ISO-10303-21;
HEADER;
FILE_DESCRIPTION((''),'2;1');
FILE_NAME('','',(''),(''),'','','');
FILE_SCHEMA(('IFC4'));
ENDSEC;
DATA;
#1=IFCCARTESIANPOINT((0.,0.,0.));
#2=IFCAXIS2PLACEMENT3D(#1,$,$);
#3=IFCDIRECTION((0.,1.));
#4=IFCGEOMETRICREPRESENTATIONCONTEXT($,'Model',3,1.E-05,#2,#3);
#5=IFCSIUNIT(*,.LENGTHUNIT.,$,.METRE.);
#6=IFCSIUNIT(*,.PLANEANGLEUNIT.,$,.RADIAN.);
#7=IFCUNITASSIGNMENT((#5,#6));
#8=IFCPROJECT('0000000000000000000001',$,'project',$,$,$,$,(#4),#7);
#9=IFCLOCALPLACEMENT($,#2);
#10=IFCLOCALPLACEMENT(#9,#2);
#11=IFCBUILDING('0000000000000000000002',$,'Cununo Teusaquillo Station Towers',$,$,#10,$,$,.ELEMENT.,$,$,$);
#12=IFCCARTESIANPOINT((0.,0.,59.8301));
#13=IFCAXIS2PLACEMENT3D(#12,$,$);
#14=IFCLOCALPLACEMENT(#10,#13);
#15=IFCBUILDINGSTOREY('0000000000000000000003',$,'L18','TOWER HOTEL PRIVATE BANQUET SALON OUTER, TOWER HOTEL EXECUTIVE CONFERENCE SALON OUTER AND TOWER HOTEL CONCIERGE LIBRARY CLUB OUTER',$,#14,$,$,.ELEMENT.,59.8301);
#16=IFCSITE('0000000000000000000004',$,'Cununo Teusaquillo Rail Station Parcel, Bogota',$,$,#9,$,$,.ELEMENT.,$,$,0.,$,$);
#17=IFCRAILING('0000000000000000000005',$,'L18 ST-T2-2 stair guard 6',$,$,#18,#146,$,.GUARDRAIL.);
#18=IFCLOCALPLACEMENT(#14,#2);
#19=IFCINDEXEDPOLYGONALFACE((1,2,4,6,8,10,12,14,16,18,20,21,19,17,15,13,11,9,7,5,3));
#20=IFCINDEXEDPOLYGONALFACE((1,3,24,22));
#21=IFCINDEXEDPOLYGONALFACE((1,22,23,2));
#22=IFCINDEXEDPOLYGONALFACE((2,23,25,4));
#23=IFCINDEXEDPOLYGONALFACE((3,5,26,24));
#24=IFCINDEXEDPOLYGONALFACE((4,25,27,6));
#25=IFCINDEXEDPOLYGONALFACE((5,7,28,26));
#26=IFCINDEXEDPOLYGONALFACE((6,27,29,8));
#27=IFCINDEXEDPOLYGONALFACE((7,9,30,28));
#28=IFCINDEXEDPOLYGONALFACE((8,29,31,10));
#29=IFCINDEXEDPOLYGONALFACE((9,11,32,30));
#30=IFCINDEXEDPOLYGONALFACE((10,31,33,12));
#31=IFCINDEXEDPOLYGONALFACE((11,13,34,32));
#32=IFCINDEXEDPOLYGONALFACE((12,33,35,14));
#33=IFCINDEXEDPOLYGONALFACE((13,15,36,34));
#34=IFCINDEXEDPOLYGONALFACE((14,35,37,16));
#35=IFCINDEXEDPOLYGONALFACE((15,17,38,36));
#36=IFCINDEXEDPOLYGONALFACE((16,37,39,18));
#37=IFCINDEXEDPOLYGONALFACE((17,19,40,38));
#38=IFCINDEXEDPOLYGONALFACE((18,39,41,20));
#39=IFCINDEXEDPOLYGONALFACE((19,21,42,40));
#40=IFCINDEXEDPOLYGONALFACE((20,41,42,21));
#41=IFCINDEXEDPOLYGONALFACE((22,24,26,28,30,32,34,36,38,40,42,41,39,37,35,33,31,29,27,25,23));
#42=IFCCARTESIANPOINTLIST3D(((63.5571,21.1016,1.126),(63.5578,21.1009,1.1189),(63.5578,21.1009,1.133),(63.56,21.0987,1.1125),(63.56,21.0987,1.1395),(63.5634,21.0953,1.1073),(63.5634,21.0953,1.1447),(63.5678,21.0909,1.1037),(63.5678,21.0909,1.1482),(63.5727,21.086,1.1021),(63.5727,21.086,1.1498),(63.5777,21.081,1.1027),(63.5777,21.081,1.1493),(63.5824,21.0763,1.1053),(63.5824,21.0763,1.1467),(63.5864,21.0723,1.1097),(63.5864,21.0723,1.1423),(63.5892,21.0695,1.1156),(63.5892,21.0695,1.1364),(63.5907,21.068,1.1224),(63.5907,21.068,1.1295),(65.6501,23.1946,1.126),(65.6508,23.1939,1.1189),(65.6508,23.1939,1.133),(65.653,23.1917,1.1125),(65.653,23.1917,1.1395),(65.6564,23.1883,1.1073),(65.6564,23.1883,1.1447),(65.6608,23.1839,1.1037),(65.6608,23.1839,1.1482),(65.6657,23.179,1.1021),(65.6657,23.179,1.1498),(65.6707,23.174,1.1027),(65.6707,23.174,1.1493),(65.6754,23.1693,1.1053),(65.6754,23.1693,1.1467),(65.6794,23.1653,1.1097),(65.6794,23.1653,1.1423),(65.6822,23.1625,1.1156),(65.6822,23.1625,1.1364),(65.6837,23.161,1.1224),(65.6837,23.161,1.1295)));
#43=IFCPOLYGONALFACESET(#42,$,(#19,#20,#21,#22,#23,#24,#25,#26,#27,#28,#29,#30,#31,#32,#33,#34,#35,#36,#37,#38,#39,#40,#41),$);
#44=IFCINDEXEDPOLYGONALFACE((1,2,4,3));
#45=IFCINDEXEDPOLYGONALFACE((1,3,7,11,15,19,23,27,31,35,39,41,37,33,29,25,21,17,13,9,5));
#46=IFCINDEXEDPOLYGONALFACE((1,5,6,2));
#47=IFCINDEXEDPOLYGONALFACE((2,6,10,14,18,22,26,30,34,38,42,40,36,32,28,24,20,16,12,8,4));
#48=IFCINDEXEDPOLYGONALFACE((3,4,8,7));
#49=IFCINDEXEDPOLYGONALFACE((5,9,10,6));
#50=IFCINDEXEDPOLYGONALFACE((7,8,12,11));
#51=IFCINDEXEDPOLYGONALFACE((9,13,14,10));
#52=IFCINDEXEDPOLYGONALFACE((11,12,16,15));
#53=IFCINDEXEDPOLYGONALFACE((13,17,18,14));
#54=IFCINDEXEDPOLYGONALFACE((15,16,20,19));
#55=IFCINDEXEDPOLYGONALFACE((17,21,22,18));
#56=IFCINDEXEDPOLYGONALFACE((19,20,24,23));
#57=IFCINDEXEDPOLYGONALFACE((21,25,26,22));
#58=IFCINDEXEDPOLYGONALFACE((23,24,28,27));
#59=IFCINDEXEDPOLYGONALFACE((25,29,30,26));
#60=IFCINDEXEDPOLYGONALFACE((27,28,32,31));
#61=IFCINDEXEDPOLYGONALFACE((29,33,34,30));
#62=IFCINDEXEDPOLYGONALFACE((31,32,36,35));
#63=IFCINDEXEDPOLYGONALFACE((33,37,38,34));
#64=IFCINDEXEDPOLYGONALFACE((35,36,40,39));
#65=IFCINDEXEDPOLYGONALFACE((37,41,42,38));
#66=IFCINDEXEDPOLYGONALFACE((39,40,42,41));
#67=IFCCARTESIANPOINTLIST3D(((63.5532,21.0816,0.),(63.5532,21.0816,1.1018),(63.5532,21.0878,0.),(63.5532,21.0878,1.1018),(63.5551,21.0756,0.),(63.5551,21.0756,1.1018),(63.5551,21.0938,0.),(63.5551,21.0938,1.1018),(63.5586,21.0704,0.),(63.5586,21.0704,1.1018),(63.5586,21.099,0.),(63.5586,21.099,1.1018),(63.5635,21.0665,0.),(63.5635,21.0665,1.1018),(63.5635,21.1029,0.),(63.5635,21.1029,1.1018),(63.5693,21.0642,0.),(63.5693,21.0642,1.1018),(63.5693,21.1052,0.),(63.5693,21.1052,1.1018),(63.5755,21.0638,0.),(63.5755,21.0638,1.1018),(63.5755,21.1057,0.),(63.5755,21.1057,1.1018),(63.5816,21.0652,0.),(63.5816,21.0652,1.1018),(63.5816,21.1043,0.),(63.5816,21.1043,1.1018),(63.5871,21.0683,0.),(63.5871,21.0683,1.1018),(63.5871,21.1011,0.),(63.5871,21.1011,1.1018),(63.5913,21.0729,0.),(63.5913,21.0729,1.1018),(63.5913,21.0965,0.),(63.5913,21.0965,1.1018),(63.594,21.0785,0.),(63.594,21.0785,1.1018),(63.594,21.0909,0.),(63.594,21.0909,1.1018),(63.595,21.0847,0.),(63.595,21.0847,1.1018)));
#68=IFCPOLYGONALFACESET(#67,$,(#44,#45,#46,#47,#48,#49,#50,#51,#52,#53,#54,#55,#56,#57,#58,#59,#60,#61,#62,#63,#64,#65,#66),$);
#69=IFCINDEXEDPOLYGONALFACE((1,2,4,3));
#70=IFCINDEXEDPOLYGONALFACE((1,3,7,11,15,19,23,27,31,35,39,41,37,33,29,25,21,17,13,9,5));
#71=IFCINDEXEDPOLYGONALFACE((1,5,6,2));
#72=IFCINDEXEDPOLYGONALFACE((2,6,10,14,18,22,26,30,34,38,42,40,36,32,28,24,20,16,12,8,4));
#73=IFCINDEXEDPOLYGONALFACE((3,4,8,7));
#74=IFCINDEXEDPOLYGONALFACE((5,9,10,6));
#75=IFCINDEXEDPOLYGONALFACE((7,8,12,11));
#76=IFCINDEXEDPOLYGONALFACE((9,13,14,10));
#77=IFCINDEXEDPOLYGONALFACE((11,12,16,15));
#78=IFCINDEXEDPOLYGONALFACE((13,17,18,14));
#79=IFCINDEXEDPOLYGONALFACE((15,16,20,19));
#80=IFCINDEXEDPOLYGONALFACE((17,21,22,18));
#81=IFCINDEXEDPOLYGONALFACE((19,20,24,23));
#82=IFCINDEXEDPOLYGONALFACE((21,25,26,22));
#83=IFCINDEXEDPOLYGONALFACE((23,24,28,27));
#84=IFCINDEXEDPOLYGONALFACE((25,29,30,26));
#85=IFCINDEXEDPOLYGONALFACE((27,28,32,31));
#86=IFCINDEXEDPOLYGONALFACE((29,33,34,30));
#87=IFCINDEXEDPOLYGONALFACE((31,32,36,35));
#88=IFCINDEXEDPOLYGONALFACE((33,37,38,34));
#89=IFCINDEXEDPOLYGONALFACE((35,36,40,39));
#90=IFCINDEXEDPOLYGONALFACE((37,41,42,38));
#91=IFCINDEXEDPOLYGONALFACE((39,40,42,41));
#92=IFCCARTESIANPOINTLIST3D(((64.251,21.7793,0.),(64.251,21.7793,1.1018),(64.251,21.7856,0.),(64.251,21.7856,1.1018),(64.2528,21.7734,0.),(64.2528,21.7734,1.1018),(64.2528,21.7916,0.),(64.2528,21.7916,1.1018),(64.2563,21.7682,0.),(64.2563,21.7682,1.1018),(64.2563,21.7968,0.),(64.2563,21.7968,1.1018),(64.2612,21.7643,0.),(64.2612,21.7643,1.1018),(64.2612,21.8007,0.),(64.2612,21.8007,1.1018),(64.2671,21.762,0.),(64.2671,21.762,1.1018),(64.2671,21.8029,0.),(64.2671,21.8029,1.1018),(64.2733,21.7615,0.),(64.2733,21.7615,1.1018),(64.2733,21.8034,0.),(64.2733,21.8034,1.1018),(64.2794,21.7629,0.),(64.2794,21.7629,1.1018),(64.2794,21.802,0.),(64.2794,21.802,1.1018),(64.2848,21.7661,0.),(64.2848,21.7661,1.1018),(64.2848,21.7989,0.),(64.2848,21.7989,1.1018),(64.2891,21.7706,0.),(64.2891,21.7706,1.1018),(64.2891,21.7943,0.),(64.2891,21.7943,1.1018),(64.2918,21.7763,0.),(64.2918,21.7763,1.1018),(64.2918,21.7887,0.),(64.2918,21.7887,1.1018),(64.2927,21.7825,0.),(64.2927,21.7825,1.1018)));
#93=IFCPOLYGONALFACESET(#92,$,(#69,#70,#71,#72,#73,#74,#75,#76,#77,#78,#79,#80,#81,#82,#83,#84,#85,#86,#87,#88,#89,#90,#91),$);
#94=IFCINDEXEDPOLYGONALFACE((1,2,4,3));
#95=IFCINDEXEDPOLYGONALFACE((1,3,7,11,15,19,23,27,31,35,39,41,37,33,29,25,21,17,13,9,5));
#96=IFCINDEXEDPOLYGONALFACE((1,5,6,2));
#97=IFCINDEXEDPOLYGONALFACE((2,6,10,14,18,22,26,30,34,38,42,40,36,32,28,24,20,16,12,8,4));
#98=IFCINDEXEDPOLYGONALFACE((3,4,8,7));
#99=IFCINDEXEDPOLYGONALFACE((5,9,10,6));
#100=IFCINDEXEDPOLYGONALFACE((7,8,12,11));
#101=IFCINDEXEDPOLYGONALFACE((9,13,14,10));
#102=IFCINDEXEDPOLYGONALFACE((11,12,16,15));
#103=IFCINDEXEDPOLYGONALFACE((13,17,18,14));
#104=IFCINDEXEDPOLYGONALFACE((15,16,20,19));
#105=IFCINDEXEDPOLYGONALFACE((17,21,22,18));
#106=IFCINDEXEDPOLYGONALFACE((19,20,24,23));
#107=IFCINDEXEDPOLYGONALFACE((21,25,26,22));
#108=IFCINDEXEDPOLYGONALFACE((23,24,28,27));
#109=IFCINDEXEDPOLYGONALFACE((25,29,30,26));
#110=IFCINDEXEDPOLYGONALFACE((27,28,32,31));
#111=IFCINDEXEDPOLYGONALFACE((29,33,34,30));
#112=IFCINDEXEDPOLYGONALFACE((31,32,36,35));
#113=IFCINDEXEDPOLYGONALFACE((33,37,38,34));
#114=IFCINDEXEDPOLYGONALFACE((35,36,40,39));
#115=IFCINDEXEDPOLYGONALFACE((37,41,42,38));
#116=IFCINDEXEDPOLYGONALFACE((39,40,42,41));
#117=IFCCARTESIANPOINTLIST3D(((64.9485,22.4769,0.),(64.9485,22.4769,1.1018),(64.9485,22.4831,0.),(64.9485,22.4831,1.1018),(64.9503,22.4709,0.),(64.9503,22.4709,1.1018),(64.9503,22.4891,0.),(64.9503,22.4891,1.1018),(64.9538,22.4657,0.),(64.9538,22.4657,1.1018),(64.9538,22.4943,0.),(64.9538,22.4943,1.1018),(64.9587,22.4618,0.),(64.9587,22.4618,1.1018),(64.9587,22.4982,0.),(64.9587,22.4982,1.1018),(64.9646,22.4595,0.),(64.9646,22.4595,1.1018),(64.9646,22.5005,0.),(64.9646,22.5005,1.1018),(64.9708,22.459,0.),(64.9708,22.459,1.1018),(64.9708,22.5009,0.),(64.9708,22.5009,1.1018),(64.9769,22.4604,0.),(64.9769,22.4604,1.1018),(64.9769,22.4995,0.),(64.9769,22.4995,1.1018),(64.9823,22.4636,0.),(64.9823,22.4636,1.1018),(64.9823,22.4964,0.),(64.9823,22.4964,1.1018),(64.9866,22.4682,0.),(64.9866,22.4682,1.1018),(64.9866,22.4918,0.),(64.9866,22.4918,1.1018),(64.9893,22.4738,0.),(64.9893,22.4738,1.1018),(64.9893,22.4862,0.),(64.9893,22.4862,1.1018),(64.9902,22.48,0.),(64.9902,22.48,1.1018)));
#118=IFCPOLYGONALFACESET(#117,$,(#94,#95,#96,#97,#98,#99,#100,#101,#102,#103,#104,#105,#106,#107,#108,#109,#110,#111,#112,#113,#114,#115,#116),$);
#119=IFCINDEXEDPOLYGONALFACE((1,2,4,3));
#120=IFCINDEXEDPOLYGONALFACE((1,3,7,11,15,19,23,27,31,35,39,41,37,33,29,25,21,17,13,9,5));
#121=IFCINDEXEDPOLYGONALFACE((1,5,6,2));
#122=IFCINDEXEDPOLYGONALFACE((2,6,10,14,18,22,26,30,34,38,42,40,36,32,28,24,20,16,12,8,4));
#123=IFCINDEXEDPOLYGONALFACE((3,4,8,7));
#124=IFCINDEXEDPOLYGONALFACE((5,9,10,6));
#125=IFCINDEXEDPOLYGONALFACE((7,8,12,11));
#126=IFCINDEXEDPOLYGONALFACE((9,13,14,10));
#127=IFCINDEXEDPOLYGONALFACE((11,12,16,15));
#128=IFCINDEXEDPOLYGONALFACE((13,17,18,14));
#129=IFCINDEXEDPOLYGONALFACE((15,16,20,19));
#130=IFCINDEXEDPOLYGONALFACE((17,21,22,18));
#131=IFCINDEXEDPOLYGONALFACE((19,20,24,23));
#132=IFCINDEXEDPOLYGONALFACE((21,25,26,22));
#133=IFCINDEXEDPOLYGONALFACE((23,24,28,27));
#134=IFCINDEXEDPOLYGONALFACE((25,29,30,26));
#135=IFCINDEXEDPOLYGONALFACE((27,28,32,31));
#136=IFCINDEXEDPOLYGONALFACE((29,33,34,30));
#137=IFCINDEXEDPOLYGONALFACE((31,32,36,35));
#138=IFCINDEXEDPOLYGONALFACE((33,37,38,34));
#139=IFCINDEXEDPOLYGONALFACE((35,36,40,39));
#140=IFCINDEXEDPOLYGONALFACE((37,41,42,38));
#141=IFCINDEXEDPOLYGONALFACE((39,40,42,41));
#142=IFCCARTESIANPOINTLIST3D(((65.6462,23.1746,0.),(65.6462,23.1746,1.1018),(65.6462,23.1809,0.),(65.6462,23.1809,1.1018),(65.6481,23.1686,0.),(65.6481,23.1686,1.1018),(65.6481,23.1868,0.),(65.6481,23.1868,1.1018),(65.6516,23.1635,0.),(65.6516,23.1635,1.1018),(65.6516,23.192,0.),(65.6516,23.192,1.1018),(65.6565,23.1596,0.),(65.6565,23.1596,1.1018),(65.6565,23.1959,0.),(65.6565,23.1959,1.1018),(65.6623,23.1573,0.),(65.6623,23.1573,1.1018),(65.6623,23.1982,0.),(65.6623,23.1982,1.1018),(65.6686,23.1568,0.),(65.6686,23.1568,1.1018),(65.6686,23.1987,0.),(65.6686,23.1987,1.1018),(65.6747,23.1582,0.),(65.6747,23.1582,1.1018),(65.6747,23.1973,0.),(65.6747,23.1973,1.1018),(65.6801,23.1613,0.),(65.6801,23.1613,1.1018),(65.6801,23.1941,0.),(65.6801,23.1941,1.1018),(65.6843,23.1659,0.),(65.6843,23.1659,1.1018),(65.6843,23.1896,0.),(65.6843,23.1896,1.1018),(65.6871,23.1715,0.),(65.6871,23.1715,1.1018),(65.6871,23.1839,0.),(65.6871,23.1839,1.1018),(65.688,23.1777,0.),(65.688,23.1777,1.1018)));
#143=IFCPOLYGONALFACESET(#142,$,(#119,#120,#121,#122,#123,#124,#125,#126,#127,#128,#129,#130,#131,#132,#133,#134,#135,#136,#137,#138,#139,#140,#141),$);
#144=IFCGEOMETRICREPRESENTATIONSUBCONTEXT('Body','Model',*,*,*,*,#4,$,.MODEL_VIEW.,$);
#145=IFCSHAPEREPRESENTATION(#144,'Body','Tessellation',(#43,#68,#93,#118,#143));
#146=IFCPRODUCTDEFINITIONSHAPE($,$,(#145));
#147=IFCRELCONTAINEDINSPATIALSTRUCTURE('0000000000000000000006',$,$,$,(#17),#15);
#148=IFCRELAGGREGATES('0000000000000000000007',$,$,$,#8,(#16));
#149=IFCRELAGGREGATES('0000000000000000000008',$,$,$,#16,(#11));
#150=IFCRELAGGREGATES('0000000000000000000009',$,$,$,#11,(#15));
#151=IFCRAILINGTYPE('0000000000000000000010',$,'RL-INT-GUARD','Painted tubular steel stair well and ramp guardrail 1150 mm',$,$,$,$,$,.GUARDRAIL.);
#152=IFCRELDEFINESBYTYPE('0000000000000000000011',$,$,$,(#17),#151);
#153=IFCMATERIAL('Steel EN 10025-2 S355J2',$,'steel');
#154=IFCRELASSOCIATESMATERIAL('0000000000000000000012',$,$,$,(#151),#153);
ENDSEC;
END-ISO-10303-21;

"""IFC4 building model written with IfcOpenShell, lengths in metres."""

from ifc_helpers import new_model, si_unit, direction, frame, origin, origin_2d, place, context, subcontext, project, spatial, circle, extrude, material, type_object, element, save


model = new_model("IFC4")

# Units and contexts
model_context = context("Model", 3, precision=1e-05, world=origin(), true_north=direction((0.0, 1.0)))
body_context = subcontext(model_context, "Body", "Model", "MODEL_VIEW")
ifc_project = project(units=[si_unit("LENGTHUNIT", "METRE"), si_unit("PLANEANGLEUNIT", "RADIAN")], contexts=[model_context])

# Site, building, storey
site_placement = place(None, origin())
site = spatial("IfcSite", under=ifc_project, at=site_placement, Name="Cununo Teusaquillo Rail Station Parcel, Bogota", CompositionType="ELEMENT", RefElevation=0.0)
building_placement = place(site_placement, origin())
building = spatial("IfcBuilding", under=site, at=building_placement, Name="Cununo Teusaquillo Station Towers", CompositionType="ELEMENT")
storey_placement = place(building_placement, frame((0.0, 0.0, 59.8301)))
storey = spatial("IfcBuildingStorey", under=building, at=storey_placement, Name="L18", Description="TOWER HOTEL PRIVATE BANQUET SALON OUTER, TOWER HOTEL EXECUTIVE CONFERENCE SALON OUTER AND TOWER HOTEL CONCIERGE LIBRARY CLUB OUTER", CompositionType="ELEMENT", Elevation=59.8301)

# Railing
ifc_material_1 = material(Name="Steel EN 10025-2 S355J2", Category="steel")
railing_type = type_object("IfcRailingType", Name="RL-INT-GUARD", Description="Painted tubular steel stair well and ramp guardrail 1150 mm", PredefinedType="GUARDRAIL", material=ifc_material_1)
railing_1_placement = place(storey_placement, frame((63.574, 21.0847, 0.0)))
element("IfcRailing", 1, at=railing_1_placement, inside=storey, type_object=railing_type, Name="L18 ST-T2-2 stair guard 6", PredefinedType="GUARDRAIL", context=body_context, shape_type="SweptSolid", body=[
    extrude(circle(Radius=0.0239, at=origin_2d()), frame((0.0, 0.0, 1.126), z_axis=(0.707107, 0.707107, 0.0), x_axis=(-0.707107, 0.707107, 0.0)), (0.0, 0.0, 1.0), 2.96),
    extrude(circle(Radius=0.021, at=origin_2d()), origin(), (0.0, 0.0, 1.0), 1.1018),
    extrude(circle(Radius=0.021, at=origin_2d()), frame((0.6978, 0.6978, 0.0)), (0.0, 0.0, 1.0), 1.1018),
    extrude(circle(Radius=0.021, at=origin_2d()), frame((1.3953, 1.3953, 0.0)), (0.0, 0.0, 1.0), 1.1018),
    extrude(circle(Radius=0.021, at=origin_2d()), frame((2.093, 2.093, 0.0)), (0.0, 0.0, 1.0), 1.1018),
])

save(model, "model.ifc")
